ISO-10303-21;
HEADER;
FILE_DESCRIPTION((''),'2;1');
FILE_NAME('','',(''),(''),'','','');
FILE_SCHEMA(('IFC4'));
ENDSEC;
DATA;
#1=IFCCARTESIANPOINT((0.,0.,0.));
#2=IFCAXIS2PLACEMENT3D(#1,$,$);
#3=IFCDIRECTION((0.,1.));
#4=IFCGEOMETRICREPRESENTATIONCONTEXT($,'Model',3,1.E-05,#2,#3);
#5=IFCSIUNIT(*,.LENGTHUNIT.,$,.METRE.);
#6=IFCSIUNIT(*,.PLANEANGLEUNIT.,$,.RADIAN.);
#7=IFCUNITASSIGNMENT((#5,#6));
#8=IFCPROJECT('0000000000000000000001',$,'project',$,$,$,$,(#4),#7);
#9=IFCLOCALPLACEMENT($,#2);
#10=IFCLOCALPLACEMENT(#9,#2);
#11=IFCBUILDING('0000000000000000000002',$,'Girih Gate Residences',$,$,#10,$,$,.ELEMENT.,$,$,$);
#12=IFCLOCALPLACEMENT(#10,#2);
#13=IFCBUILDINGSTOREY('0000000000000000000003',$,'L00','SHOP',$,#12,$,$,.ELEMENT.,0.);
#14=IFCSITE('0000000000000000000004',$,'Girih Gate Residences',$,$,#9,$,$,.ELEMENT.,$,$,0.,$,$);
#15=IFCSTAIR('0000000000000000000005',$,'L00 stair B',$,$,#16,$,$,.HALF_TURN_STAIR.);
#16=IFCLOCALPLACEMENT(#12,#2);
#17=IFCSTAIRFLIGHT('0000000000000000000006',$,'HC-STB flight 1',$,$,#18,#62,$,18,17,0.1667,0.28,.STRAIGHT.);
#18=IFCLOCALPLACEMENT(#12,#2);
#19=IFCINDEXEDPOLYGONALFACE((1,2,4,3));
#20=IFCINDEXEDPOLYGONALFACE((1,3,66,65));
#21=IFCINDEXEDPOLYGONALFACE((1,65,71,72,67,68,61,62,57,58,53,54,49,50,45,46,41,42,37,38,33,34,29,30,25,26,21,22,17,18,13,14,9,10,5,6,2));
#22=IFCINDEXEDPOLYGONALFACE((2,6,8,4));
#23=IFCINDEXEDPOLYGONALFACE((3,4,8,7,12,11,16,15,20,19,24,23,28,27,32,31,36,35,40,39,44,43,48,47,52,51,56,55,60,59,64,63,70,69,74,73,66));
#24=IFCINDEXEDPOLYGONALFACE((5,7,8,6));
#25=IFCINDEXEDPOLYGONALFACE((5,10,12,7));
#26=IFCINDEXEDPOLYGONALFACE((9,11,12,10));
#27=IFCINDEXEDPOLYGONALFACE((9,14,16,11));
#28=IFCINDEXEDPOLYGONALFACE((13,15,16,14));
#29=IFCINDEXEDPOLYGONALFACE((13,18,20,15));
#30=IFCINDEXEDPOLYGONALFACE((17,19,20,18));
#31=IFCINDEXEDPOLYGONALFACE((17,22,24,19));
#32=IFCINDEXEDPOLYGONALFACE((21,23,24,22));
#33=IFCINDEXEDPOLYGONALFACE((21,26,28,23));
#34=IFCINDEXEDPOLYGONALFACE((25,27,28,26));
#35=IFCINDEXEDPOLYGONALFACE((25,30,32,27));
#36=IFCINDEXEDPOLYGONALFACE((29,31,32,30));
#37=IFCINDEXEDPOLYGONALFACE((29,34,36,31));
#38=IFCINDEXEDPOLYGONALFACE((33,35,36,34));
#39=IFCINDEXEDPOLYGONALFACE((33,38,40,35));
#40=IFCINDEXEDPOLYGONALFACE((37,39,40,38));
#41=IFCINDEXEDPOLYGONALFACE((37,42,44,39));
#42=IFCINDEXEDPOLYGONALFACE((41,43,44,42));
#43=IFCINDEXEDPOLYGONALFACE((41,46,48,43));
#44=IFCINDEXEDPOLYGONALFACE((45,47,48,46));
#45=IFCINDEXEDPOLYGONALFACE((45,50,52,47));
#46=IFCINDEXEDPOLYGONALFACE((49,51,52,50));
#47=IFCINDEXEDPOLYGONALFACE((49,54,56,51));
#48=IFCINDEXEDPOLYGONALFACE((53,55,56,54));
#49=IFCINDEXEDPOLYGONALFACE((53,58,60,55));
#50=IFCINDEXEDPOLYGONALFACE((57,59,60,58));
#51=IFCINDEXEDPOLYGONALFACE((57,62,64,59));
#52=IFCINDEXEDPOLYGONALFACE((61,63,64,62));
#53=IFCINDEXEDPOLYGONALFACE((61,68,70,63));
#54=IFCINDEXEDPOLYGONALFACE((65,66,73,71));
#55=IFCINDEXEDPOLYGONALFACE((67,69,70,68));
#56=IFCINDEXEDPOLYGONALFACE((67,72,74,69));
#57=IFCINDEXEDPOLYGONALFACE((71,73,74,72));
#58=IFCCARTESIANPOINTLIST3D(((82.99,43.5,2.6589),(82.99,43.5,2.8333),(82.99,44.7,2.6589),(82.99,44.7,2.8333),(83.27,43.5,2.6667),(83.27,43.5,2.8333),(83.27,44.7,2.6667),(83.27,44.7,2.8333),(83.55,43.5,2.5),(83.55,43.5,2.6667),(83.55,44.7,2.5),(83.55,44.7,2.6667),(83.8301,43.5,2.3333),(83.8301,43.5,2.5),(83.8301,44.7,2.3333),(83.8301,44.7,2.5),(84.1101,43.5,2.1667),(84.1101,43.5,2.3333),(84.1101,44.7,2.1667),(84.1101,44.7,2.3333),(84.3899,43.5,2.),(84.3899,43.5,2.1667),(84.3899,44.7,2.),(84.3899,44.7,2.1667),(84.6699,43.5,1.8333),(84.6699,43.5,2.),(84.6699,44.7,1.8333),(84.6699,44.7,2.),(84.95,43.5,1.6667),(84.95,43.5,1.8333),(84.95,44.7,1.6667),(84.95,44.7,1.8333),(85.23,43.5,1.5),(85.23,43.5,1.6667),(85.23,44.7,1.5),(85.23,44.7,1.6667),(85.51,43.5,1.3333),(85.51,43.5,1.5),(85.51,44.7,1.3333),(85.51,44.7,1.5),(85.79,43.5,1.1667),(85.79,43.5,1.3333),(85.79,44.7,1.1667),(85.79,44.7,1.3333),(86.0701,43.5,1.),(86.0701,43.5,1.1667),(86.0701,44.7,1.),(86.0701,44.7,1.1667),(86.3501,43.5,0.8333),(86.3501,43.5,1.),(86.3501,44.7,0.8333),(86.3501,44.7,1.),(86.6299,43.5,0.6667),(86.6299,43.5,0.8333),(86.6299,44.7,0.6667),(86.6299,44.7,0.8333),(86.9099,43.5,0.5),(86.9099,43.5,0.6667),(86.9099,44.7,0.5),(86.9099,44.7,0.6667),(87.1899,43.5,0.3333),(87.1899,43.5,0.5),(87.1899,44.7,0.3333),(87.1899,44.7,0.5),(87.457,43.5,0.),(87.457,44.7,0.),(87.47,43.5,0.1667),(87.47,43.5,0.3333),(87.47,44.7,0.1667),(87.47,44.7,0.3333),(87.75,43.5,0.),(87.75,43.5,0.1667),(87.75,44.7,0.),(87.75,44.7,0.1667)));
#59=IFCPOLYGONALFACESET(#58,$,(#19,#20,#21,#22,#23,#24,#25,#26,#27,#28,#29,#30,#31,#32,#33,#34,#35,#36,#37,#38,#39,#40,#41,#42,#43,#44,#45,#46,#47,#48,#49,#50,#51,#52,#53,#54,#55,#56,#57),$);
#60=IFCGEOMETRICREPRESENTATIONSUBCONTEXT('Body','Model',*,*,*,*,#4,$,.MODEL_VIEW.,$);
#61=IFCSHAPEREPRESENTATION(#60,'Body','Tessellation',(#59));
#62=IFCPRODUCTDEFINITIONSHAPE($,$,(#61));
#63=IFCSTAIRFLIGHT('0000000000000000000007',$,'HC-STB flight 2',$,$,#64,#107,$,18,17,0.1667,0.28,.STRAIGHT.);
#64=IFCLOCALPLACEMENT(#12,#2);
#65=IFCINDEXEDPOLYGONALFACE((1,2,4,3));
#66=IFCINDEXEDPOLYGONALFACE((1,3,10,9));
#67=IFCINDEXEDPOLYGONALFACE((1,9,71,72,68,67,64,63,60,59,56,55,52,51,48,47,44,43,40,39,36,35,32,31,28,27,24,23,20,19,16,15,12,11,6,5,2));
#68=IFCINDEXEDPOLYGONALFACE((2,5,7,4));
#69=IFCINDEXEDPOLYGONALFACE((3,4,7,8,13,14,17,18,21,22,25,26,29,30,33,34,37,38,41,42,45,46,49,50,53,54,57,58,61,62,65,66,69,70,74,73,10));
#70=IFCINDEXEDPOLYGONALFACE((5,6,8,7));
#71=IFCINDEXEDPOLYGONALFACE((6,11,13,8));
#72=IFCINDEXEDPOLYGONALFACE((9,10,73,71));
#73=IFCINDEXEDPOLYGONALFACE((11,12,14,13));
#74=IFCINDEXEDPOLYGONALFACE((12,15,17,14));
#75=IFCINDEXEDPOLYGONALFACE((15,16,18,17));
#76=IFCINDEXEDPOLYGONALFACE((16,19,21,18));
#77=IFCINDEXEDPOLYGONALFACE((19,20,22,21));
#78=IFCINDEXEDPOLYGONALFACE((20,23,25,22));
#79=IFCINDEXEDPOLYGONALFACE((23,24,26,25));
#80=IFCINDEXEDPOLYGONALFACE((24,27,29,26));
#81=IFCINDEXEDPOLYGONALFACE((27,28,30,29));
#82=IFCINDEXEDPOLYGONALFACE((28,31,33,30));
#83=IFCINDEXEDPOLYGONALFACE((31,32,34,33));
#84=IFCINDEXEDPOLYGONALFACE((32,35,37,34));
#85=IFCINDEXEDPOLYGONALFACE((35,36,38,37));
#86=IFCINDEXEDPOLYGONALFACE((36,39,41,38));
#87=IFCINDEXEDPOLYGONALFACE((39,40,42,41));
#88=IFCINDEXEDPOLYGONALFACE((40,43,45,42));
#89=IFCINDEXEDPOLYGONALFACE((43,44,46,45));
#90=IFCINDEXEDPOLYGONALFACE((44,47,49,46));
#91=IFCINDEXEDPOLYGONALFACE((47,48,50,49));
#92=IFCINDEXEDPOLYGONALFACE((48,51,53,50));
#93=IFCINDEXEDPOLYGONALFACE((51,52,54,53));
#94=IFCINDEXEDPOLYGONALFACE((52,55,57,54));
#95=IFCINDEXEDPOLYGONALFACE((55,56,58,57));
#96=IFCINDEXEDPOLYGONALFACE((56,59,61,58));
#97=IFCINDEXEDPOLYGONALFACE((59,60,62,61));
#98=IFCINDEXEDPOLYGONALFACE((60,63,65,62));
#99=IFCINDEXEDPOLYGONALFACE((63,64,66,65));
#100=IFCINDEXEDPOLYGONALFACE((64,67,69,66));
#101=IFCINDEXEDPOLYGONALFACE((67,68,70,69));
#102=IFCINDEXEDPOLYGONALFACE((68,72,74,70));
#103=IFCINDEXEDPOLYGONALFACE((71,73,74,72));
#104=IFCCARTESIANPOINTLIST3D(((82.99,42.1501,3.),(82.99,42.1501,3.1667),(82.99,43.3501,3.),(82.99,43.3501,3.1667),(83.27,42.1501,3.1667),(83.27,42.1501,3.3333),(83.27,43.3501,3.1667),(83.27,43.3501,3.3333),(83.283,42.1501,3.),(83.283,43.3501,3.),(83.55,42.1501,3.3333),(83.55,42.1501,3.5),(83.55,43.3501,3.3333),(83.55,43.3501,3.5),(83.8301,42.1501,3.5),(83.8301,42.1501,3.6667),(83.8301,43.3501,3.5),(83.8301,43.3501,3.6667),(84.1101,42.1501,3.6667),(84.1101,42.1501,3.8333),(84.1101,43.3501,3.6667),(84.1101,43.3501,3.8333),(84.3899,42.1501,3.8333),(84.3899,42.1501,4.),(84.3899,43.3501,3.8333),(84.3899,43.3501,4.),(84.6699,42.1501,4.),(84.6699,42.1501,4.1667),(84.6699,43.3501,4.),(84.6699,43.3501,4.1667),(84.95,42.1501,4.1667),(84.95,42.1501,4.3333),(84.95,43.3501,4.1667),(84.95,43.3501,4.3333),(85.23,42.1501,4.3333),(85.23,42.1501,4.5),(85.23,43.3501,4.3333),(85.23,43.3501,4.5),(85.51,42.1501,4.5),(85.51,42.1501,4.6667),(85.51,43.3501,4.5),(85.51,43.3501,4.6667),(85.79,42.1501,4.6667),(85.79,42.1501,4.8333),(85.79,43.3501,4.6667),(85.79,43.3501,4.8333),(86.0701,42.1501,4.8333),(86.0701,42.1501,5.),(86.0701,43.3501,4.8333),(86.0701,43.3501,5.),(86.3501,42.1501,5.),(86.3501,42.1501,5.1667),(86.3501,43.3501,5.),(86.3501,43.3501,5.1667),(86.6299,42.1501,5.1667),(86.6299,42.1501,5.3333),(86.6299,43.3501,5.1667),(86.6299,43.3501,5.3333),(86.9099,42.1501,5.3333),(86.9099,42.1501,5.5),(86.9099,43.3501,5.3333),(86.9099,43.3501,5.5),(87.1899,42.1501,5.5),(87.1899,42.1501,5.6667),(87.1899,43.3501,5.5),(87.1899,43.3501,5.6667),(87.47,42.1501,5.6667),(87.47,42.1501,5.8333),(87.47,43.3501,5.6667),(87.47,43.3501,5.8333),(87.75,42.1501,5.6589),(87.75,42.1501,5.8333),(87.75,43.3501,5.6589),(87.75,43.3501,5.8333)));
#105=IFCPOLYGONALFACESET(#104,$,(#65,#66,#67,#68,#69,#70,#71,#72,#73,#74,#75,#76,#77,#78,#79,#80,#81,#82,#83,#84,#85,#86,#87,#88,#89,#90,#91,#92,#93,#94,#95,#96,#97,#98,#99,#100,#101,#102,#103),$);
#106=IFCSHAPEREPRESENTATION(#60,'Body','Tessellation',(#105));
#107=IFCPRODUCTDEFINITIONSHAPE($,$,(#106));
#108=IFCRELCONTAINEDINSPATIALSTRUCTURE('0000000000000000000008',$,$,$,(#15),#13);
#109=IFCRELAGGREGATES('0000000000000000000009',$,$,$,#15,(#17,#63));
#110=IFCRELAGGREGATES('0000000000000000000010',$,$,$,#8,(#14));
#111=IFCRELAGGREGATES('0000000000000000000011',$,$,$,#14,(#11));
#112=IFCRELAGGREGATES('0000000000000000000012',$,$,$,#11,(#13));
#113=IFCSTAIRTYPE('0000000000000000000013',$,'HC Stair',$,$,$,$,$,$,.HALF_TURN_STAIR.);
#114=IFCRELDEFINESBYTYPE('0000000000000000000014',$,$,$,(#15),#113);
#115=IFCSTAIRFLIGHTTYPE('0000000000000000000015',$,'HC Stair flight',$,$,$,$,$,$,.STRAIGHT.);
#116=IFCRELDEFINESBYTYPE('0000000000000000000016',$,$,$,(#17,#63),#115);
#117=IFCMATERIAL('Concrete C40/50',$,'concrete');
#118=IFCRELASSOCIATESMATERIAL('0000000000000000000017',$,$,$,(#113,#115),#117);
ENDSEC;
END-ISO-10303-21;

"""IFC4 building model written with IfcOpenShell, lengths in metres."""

from ifc_helpers import new_model, si_unit, direction, frame, origin, place, context, subcontext, project, spatial, polyline, outline, extrude, material, type_object, element, aggregate, save


model = new_model("IFC4")

# Units and contexts
model_context = context("Model", 3, precision=1e-05, world=origin(), true_north=direction((0.0, 1.0)))
body_context = subcontext(model_context, "Body", "Model", "MODEL_VIEW")
ifc_project = project(units=[si_unit("LENGTHUNIT", "METRE"), si_unit("PLANEANGLEUNIT", "RADIAN")], contexts=[model_context])

# Site, building, storey
site_placement = place(None, origin())
site = spatial("IfcSite", under=ifc_project, at=site_placement, Name="Girih Gate Residences", CompositionType="ELEMENT", RefElevation=0.0)
building_placement = place(site_placement, origin())
building = spatial("IfcBuilding", under=site, at=building_placement, Name="Girih Gate Residences", CompositionType="ELEMENT")
storey_placement = place(building_placement, origin())
storey = spatial("IfcBuildingStorey", under=building, at=storey_placement, Name="L00", Description="SHOP", CompositionType="ELEMENT", Elevation=0.0)

# Shared definitions
ifc_material_1 = material(Name="Concrete C40/50", Category="concrete")

# Stair, stair flights
stair_type = type_object("IfcStairType", Name="HC Stair", PredefinedType="HALF_TURN_STAIR", material=ifc_material_1)
stair_placement = place(storey_placement, origin())
stair = element("IfcStair", 1, at=stair_placement, inside=storey, type_object=stair_type, Name="L00 stair B", PredefinedType="HALF_TURN_STAIR")
stair_flight_type = type_object("IfcStairFlightType", Name="HC Stair flight", PredefinedType="STRAIGHT", material=ifc_material_1)
stair_flight_1_placement = place(storey_placement, frame((87.75, 44.1001, 0.0), z_axis=(0.0, 0.0, 1.0), x_axis=(-1.0, 0.0, 0.0)))
stair_flight_1 = element("IfcStairFlight", 2, at=stair_flight_1_placement, type_object=stair_flight_type, Name="HC-STB flight 1", NumberOfRisers=18, NumberOfTreads=17, PredefinedType="STRAIGHT", RiserHeight=0.1667, TreadLength=0.28, context=body_context, shape_type="SweptSolid", body=[
    extrude(outline(polyline([(0.0, 0.0), (0.0, 0.1667), (0.28, 0.1667), (0.28, 0.3333), (0.5601, 0.3333), (0.5601, 0.5), (0.8401, 0.5), (0.8401, 0.6667), (1.1201, 0.6667), (1.1201, 0.8333), (1.3999, 0.8333), (1.3999, 1.0), (1.6799, 1.0), (1.6799, 1.1667), (1.96, 1.1667), (1.96, 1.3333), (2.24, 1.3333), (2.24, 1.5), (2.52, 1.5), (2.52, 1.6667), (2.8, 1.6667), (2.8, 1.8333), (3.0801, 1.8333), (3.0801, 2.0), (3.3601, 2.0), (3.3601, 2.1667), (3.6399, 2.1667), (3.6399, 2.3333), (3.9199, 2.3333), (3.9199, 2.5), (4.2, 2.5), (4.2, 2.6667), (4.48, 2.6667), (4.48, 2.8333), (4.76, 2.8333), (4.76, 3.0), (4.76, 2.6589), (0.293, 0.0), (0.0, 0.0)])), frame((0.0, 0.6001, 0.0), z_axis=(0.0, -1.0, 0.0), x_axis=(1.0, 0.0, 0.0)), (0.0, 0.0, 1.0), 1.2),
])
stair_flight_2_placement = place(storey_placement, frame((82.99, 42.75, 3.0), z_axis=(0.0, 0.0, 1.0), x_axis=(1.0, 0.0, 0.0)))
stair_flight_2 = element("IfcStairFlight", 3, at=stair_flight_2_placement, type_object=stair_flight_type, Name="HC-STB flight 2", NumberOfRisers=18, NumberOfTreads=17, PredefinedType="STRAIGHT", RiserHeight=0.1667, TreadLength=0.28, context=body_context, shape_type="SweptSolid", body=[
    extrude(outline(polyline([(0.0, 0.0), (0.0, 0.1667), (0.28, 0.1667), (0.28, 0.3333), (0.5601, 0.3333), (0.5601, 0.5), (0.8401, 0.5), (0.8401, 0.6667), (1.1201, 0.6667), (1.1201, 0.8333), (1.3999, 0.8333), (1.3999, 1.0), (1.6799, 1.0), (1.6799, 1.1667), (1.96, 1.1667), (1.96, 1.3333), (2.24, 1.3333), (2.24, 1.5), (2.52, 1.5), (2.52, 1.6667), (2.8, 1.6667), (2.8, 1.8333), (3.0801, 1.8333), (3.0801, 2.0), (3.3601, 2.0), (3.3601, 2.1667), (3.6399, 2.1667), (3.6399, 2.3333), (3.9199, 2.3333), (3.9199, 2.5), (4.2, 2.5), (4.2, 2.6667), (4.48, 2.6667), (4.48, 2.8333), (4.76, 2.8333), (4.76, 3.0), (4.76, 2.6589), (0.293, 0.0), (0.0, 0.0)])), frame((0.0, 0.6001, 0.0), z_axis=(0.0, -1.0, 0.0), x_axis=(1.0, 0.0, 0.0)), (0.0, 0.0, 1.0), 1.2),
])
aggregate(stair, [stair_flight_1, stair_flight_2])

save(model, "model.ifc")
